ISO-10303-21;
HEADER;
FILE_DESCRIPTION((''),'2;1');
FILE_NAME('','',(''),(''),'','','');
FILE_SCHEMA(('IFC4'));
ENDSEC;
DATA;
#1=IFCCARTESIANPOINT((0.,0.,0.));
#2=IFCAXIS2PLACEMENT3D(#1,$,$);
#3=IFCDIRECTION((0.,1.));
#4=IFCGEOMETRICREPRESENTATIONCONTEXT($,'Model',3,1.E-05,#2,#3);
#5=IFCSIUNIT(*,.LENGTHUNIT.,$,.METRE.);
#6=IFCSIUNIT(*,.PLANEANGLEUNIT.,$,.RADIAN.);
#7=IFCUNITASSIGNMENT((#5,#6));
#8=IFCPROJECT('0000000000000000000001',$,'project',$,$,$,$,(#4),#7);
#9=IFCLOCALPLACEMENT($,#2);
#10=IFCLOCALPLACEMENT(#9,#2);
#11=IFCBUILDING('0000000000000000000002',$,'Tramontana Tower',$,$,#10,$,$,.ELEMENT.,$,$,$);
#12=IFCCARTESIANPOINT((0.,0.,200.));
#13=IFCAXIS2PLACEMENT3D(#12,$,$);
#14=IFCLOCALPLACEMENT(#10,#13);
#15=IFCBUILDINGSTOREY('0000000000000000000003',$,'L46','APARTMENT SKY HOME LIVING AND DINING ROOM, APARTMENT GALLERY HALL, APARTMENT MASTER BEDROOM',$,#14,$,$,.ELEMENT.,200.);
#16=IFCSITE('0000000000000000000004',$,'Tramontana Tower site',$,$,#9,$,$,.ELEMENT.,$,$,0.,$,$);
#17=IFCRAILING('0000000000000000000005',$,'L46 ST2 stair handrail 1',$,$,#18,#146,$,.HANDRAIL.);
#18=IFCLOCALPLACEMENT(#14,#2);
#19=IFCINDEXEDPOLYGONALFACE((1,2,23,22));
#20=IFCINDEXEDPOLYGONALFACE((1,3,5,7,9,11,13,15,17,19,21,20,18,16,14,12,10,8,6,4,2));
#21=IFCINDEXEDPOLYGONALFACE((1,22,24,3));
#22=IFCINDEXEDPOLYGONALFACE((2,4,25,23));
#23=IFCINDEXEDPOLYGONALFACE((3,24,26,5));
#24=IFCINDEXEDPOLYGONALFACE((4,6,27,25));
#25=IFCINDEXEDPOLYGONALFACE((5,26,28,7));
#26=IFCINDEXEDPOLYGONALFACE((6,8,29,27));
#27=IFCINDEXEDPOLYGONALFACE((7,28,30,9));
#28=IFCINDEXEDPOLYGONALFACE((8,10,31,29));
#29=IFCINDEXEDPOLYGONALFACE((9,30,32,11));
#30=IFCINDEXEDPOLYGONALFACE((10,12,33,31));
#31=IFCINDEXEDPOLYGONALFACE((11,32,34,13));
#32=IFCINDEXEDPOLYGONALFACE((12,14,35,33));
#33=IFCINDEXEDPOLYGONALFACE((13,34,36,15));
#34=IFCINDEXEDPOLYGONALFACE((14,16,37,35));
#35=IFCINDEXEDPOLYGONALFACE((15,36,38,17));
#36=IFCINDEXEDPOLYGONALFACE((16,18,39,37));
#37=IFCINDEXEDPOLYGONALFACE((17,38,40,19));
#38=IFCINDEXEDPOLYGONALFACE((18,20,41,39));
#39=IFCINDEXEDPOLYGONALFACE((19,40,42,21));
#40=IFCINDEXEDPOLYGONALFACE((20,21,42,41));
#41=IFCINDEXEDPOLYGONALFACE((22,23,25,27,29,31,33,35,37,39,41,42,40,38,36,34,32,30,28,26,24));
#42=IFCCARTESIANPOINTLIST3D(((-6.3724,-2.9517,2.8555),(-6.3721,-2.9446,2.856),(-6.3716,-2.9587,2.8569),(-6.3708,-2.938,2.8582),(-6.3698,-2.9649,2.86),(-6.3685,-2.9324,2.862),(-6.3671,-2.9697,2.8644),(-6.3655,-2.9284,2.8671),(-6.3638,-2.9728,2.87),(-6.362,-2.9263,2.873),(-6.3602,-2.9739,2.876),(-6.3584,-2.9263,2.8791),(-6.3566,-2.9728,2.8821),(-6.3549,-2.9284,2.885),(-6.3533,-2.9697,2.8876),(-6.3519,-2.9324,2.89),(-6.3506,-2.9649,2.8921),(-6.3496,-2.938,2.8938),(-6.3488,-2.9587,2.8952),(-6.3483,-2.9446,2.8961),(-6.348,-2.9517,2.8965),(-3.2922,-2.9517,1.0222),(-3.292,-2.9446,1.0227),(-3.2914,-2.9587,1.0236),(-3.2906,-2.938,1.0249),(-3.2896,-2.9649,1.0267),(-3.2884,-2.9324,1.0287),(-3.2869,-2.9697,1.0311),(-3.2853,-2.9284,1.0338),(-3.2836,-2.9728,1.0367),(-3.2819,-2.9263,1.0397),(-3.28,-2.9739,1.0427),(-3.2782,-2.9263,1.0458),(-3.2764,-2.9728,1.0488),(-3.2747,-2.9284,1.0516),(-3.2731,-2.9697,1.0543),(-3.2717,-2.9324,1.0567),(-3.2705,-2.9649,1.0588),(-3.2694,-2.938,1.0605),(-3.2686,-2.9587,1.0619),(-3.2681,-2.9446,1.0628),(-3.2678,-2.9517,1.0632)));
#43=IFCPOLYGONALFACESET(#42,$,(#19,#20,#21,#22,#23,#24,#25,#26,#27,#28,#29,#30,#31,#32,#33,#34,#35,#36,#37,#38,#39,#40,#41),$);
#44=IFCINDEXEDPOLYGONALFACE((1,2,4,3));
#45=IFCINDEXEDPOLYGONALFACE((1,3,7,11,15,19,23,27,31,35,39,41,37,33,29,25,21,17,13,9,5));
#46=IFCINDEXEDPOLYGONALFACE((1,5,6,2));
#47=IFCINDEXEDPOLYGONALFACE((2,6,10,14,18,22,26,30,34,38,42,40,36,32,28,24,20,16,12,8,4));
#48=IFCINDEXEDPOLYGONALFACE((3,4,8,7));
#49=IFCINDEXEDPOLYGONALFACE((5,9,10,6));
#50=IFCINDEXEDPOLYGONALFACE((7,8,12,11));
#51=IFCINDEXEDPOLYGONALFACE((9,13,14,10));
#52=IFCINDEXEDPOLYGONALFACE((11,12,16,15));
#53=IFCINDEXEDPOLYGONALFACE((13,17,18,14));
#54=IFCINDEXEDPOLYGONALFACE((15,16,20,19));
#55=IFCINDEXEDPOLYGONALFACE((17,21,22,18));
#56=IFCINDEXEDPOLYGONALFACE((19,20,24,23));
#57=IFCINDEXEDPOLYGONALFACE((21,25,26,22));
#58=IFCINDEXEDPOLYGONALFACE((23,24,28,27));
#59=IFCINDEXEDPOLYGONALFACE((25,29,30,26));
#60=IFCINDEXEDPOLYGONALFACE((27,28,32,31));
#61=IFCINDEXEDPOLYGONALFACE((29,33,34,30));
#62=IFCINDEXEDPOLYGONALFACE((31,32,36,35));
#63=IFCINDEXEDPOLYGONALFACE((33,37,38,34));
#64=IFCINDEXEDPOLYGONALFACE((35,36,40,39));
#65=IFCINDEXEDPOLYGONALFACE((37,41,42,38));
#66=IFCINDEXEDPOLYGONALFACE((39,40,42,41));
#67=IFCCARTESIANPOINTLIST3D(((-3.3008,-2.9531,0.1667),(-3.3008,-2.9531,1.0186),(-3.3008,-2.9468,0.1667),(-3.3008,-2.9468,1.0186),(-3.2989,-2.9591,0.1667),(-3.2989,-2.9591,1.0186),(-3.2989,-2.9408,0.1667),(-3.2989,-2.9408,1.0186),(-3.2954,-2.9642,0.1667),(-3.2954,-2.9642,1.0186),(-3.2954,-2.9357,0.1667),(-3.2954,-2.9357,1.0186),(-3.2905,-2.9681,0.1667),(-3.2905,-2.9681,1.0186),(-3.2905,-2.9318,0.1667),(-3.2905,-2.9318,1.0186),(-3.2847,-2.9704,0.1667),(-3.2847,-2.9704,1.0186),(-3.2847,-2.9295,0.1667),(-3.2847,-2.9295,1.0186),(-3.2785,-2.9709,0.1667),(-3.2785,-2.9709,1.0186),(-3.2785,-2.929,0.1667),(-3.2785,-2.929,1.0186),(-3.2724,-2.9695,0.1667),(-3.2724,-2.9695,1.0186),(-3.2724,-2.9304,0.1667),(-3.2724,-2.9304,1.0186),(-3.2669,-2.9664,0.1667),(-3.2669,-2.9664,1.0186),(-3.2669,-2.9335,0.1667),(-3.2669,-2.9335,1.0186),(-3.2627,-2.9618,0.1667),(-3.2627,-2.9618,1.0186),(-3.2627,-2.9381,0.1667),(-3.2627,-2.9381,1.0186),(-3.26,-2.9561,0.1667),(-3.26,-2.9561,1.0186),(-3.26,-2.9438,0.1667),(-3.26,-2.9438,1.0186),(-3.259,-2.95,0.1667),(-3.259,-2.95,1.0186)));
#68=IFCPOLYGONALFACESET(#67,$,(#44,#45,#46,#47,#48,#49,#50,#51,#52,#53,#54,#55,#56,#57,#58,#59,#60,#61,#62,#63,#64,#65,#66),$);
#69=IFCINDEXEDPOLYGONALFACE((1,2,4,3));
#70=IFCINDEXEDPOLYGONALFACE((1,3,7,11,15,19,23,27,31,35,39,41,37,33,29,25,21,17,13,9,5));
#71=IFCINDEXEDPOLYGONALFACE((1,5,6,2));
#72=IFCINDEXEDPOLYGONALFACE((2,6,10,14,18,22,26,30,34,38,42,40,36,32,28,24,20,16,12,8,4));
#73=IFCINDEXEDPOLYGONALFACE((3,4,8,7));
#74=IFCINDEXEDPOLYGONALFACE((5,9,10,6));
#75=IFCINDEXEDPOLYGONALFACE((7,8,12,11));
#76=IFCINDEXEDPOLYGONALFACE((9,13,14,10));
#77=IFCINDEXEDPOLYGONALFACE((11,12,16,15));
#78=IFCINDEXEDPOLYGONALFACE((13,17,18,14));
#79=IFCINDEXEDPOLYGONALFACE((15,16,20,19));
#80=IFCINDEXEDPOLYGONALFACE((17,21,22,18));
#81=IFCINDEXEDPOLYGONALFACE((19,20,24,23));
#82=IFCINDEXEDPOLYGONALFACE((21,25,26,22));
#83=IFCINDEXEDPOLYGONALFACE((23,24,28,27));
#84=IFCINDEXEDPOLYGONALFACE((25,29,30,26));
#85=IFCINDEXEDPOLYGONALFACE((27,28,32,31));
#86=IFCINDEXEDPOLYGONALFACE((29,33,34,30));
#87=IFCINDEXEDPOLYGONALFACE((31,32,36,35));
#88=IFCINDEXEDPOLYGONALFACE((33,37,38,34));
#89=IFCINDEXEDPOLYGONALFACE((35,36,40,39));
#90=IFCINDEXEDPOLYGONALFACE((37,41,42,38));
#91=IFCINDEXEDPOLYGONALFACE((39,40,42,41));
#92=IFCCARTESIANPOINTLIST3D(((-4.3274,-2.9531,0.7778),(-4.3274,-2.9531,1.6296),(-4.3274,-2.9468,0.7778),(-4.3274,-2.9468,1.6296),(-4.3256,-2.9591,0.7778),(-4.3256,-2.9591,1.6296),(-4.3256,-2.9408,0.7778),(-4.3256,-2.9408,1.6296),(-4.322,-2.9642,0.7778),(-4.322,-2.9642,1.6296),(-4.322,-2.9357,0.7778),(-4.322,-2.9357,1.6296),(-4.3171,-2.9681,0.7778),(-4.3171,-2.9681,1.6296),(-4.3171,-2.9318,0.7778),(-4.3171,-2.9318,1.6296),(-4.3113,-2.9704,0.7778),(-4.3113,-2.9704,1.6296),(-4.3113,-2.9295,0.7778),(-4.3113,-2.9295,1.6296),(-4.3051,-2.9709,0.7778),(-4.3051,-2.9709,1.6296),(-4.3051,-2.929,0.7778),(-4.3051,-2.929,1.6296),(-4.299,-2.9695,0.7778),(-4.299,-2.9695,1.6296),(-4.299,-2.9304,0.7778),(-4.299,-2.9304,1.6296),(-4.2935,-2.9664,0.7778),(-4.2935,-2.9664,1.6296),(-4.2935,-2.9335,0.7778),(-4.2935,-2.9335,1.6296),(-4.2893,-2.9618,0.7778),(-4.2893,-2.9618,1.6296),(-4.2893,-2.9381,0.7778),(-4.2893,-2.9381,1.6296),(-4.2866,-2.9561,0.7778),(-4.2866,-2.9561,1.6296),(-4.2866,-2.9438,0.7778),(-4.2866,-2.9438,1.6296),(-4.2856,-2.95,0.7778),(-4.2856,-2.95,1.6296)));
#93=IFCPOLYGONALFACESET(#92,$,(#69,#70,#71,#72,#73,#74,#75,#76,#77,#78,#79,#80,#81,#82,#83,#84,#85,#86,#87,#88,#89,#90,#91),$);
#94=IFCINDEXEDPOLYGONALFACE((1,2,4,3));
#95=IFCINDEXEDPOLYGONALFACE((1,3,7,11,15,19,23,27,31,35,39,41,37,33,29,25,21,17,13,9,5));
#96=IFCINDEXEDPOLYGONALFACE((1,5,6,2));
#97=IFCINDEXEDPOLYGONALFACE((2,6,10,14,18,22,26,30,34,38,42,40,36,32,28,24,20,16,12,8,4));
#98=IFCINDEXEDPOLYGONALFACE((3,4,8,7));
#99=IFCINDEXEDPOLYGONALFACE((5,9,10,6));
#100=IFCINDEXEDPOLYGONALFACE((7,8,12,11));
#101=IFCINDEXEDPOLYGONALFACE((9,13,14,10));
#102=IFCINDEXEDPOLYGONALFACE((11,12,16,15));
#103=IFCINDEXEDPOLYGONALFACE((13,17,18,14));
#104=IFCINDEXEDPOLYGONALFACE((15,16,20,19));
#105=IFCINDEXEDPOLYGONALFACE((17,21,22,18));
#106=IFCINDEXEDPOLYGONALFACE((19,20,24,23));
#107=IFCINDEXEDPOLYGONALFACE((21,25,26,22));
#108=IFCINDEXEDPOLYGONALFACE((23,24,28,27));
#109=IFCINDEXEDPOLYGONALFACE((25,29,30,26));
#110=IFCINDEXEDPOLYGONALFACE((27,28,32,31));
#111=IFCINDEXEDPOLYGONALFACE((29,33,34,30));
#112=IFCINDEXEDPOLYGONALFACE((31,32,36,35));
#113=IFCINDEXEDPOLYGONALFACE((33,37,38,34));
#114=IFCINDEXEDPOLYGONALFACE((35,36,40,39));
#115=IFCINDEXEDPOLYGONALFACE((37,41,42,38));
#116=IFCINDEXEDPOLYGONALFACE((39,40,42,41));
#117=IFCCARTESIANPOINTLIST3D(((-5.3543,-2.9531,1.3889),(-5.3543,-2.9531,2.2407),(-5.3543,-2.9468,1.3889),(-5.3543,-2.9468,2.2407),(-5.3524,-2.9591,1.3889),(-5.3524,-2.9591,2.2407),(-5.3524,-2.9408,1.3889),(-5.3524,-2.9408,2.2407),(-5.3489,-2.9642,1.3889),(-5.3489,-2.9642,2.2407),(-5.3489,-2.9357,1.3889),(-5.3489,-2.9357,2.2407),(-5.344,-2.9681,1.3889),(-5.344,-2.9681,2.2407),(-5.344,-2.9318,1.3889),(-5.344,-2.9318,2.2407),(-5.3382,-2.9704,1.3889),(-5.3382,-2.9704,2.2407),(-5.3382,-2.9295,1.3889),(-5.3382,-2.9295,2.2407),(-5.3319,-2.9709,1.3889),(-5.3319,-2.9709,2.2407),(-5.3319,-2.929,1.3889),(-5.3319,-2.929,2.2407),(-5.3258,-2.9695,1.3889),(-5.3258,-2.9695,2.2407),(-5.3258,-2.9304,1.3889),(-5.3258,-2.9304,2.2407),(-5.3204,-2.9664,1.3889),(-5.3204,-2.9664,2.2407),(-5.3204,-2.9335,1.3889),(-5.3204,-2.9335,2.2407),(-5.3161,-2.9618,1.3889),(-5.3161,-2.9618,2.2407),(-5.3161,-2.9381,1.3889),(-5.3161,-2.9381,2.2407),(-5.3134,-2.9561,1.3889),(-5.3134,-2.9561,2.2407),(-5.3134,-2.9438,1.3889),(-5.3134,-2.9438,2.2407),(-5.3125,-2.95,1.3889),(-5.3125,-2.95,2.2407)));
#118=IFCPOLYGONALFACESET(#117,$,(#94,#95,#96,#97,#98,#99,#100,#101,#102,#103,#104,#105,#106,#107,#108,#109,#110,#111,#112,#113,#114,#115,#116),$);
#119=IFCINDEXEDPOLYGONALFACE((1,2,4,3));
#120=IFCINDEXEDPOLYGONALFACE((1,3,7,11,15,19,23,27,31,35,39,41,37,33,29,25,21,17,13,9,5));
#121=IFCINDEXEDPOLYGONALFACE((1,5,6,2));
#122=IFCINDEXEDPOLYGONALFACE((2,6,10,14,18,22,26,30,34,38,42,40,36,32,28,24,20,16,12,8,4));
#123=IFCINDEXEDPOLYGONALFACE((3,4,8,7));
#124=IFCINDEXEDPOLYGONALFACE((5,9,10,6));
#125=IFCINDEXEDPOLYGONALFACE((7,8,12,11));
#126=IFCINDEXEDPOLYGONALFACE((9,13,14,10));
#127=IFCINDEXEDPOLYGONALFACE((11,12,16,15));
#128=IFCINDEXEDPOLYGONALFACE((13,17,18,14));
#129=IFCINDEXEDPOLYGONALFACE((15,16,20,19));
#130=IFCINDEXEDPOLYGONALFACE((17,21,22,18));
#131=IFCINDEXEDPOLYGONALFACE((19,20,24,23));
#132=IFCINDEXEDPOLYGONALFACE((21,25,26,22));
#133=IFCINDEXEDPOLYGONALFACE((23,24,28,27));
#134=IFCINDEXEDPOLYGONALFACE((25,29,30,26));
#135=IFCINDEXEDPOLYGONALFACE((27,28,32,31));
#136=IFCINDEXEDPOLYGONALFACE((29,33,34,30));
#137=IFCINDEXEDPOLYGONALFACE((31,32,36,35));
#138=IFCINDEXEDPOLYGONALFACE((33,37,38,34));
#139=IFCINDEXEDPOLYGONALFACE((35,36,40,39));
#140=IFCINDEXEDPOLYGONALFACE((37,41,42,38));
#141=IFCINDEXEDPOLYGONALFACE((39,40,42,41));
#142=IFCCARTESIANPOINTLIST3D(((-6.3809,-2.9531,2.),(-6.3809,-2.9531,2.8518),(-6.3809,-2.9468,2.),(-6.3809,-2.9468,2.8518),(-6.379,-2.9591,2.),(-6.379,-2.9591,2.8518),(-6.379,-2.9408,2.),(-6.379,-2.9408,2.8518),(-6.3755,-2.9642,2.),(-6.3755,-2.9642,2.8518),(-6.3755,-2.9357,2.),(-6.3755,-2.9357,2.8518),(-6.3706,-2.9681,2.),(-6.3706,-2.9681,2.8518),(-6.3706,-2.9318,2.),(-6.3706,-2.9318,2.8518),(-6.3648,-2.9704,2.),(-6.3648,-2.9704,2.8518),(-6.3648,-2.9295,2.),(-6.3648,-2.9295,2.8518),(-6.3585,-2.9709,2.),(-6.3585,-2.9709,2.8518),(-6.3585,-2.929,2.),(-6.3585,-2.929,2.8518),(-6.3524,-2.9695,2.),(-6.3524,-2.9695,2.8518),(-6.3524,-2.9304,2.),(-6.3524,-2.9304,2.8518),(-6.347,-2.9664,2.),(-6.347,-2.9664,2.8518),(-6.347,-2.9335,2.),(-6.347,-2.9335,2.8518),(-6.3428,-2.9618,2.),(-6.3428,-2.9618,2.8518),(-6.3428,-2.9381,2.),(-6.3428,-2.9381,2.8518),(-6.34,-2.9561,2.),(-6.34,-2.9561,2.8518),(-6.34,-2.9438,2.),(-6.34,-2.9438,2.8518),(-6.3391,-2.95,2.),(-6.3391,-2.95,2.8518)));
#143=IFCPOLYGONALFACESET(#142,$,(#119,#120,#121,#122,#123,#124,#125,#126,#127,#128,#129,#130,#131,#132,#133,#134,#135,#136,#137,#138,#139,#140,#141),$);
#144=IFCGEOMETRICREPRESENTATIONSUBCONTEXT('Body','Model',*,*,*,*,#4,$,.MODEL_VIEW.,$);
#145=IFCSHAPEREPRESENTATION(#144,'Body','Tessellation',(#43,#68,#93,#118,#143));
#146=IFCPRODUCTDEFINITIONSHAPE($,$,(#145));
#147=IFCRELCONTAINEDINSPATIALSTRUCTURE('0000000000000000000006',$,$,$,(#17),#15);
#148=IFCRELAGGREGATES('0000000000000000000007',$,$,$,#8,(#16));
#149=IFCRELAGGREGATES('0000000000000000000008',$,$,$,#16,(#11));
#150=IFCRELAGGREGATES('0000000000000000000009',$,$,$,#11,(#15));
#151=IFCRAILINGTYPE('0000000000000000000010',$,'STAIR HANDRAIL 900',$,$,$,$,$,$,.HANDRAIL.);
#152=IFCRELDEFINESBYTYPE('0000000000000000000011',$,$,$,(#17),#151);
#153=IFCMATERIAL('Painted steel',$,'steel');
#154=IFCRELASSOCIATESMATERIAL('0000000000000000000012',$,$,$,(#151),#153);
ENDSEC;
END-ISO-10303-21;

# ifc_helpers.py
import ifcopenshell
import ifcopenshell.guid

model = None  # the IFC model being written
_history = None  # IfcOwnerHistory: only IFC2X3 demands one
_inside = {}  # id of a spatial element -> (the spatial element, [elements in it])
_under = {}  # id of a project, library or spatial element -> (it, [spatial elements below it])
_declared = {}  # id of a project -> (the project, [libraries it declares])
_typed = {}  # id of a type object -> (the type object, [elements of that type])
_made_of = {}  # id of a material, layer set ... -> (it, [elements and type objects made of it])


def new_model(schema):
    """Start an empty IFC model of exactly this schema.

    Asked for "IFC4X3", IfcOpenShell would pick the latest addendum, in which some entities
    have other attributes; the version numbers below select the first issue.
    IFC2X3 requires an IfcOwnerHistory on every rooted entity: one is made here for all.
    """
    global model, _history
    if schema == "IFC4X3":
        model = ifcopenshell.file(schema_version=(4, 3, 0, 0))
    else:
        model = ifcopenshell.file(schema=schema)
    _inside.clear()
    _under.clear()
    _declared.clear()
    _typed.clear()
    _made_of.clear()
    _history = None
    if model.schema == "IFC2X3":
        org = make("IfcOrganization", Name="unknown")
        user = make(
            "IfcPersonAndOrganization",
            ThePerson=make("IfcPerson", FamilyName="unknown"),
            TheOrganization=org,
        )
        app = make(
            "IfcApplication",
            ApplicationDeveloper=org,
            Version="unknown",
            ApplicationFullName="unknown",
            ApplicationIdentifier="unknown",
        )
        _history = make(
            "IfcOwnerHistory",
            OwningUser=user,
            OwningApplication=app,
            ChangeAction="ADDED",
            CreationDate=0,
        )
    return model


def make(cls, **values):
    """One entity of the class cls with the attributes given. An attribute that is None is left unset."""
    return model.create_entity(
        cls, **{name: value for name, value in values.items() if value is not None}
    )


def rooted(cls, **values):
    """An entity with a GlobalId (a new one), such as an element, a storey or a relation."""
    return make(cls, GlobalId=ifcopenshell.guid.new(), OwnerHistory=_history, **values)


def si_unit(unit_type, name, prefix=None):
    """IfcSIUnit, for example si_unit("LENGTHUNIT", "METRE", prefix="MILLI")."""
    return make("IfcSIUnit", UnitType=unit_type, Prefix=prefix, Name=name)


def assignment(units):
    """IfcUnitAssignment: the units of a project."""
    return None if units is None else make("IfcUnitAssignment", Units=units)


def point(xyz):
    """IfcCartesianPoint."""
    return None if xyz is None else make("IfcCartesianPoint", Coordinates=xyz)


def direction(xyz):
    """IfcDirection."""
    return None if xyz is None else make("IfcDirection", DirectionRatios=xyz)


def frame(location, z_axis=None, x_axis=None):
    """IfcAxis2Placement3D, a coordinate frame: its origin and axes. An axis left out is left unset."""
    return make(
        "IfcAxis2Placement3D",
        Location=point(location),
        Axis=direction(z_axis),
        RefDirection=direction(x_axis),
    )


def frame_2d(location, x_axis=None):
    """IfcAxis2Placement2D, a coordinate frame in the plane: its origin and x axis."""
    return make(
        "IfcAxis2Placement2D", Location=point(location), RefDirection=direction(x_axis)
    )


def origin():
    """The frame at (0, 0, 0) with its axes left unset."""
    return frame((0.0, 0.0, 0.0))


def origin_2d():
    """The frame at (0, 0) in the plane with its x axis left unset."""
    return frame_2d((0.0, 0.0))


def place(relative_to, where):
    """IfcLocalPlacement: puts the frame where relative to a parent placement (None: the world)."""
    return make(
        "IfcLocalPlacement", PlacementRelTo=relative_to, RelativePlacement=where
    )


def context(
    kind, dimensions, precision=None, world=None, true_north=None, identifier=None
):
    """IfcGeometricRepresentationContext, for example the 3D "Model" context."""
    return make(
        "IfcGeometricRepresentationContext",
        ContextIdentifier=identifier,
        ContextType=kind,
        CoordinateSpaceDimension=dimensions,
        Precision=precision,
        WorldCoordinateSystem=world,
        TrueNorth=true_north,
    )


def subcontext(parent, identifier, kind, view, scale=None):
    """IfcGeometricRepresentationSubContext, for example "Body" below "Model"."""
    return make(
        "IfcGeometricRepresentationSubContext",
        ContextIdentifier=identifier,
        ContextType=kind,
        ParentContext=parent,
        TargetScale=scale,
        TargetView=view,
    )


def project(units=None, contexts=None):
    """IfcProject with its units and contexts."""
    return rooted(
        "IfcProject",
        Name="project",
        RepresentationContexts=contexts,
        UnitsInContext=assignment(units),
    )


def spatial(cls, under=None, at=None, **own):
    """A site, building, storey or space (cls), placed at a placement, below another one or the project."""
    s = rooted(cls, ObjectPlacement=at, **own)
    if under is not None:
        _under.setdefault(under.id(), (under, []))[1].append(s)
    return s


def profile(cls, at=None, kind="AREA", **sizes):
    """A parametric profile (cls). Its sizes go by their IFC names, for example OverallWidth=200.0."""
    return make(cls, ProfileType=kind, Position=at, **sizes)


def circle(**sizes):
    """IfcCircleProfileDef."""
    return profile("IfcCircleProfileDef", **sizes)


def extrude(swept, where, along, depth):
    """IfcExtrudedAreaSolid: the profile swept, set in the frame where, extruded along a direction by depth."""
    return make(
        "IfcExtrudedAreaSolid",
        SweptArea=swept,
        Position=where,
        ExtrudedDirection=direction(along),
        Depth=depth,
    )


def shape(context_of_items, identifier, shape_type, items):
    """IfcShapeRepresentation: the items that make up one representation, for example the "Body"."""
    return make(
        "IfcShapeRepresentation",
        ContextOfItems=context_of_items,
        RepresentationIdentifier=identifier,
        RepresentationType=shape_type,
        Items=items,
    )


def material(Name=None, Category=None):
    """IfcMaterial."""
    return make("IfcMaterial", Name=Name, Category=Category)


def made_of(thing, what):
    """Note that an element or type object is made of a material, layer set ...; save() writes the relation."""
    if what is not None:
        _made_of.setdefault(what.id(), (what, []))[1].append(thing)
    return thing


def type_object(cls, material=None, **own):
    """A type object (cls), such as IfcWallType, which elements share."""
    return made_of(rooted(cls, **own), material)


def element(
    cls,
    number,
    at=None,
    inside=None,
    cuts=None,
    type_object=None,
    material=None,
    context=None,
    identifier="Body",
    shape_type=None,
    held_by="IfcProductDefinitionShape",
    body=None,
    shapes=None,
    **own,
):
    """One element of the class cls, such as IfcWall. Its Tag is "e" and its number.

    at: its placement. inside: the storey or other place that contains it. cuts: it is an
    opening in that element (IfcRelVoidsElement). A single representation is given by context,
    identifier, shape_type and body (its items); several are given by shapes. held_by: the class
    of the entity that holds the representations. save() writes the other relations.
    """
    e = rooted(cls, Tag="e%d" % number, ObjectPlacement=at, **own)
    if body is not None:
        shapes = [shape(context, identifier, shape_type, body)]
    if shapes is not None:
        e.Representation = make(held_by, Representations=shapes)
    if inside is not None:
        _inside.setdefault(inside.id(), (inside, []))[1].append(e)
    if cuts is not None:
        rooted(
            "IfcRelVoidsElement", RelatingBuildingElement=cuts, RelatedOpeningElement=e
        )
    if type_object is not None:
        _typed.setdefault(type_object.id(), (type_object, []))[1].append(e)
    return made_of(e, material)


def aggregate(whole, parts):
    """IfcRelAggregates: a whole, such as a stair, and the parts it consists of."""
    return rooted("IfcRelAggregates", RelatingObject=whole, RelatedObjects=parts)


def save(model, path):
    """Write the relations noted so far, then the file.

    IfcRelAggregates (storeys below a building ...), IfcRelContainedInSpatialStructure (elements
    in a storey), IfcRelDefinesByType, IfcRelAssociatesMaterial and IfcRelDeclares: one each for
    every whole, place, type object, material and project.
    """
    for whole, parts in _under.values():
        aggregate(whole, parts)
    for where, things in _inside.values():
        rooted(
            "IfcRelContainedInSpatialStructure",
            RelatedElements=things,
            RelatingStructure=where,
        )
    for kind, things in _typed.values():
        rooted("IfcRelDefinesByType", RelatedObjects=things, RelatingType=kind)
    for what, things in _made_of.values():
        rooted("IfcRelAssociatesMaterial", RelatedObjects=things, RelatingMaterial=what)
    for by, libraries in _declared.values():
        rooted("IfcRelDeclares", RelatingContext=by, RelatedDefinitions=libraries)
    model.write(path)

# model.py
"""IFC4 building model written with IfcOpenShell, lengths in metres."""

from ifc_helpers import new_model, si_unit, direction, frame, origin, origin_2d, place, context, subcontext, project, spatial, circle, extrude, material, type_object, element, save


model = new_model("IFC4")

# Units and contexts
model_context = context("Model", 3, precision=1e-05, world=origin(), true_north=direction((0.0, 1.0)))
body_context = subcontext(model_context, "Body", "Model", "MODEL_VIEW")
ifc_project = project(units=[si_unit("LENGTHUNIT", "METRE"), si_unit("PLANEANGLEUNIT", "RADIAN")], contexts=[model_context])

# Site, building, storey
site_placement = place(None, origin())
site = spatial("IfcSite", under=ifc_project, at=site_placement, Name="Tramontana Tower site", CompositionType="ELEMENT", RefElevation=0.0)
building_placement = place(site_placement, origin())
building = spatial("IfcBuilding", under=site, at=building_placement, Name="Tramontana Tower", CompositionType="ELEMENT")
storey_placement = place(building_placement, frame((0.0, 0.0, 200.0)))
storey = spatial("IfcBuildingStorey", under=building, at=storey_placement, Name="L46", Description="APARTMENT SKY HOME LIVING AND DINING ROOM, APARTMENT GALLERY HALL, APARTMENT MASTER BEDROOM", CompositionType="ELEMENT", Elevation=200.0)

# Railing
ifc_material_1 = material(Name="Painted steel", Category="steel")
railing_type_1 = type_object("IfcRailingType", Name="STAIR HANDRAIL 900", PredefinedType="HANDRAIL", material=ifc_material_1)
railing_1_placement = place(storey_placement, frame((-3.28, -2.95, 0.1667)))
element("IfcRailing", 1, at=railing_1_placement, inside=storey, type_object=railing_type_1, Name="L46 ST2 stair handrail 1", PredefinedType="HANDRAIL", context=body_context, shape_type="SweptSolid", body=[
    extrude(circle(Radius=0.0239, at=origin_2d()), frame((0.0, 0.0, 0.876), z_axis=(-0.859309, 0.0, 0.511458), x_axis=(0.0, -1.0, 0.0)), (0.0, 0.0, 1.0), 3.5845),
    extrude(circle(Radius=0.021, at=origin_2d()), origin(), (0.0, 0.0, 1.0), 0.8518),
    extrude(circle(Radius=0.021, at=origin_2d()), frame((-1.0266, 0.0, 0.6111)), (0.0, 0.0, 1.0), 0.8518),
    extrude(circle(Radius=0.021, at=origin_2d()), frame((-2.0535, 0.0, 1.2222)), (0.0, 0.0, 1.0), 0.8518),
    extrude(circle(Radius=0.021, at=origin_2d()), frame((-3.0801, 0.0, 1.8333)), (0.0, 0.0, 1.0), 0.8518),
])

save(model, "model.ifc")
